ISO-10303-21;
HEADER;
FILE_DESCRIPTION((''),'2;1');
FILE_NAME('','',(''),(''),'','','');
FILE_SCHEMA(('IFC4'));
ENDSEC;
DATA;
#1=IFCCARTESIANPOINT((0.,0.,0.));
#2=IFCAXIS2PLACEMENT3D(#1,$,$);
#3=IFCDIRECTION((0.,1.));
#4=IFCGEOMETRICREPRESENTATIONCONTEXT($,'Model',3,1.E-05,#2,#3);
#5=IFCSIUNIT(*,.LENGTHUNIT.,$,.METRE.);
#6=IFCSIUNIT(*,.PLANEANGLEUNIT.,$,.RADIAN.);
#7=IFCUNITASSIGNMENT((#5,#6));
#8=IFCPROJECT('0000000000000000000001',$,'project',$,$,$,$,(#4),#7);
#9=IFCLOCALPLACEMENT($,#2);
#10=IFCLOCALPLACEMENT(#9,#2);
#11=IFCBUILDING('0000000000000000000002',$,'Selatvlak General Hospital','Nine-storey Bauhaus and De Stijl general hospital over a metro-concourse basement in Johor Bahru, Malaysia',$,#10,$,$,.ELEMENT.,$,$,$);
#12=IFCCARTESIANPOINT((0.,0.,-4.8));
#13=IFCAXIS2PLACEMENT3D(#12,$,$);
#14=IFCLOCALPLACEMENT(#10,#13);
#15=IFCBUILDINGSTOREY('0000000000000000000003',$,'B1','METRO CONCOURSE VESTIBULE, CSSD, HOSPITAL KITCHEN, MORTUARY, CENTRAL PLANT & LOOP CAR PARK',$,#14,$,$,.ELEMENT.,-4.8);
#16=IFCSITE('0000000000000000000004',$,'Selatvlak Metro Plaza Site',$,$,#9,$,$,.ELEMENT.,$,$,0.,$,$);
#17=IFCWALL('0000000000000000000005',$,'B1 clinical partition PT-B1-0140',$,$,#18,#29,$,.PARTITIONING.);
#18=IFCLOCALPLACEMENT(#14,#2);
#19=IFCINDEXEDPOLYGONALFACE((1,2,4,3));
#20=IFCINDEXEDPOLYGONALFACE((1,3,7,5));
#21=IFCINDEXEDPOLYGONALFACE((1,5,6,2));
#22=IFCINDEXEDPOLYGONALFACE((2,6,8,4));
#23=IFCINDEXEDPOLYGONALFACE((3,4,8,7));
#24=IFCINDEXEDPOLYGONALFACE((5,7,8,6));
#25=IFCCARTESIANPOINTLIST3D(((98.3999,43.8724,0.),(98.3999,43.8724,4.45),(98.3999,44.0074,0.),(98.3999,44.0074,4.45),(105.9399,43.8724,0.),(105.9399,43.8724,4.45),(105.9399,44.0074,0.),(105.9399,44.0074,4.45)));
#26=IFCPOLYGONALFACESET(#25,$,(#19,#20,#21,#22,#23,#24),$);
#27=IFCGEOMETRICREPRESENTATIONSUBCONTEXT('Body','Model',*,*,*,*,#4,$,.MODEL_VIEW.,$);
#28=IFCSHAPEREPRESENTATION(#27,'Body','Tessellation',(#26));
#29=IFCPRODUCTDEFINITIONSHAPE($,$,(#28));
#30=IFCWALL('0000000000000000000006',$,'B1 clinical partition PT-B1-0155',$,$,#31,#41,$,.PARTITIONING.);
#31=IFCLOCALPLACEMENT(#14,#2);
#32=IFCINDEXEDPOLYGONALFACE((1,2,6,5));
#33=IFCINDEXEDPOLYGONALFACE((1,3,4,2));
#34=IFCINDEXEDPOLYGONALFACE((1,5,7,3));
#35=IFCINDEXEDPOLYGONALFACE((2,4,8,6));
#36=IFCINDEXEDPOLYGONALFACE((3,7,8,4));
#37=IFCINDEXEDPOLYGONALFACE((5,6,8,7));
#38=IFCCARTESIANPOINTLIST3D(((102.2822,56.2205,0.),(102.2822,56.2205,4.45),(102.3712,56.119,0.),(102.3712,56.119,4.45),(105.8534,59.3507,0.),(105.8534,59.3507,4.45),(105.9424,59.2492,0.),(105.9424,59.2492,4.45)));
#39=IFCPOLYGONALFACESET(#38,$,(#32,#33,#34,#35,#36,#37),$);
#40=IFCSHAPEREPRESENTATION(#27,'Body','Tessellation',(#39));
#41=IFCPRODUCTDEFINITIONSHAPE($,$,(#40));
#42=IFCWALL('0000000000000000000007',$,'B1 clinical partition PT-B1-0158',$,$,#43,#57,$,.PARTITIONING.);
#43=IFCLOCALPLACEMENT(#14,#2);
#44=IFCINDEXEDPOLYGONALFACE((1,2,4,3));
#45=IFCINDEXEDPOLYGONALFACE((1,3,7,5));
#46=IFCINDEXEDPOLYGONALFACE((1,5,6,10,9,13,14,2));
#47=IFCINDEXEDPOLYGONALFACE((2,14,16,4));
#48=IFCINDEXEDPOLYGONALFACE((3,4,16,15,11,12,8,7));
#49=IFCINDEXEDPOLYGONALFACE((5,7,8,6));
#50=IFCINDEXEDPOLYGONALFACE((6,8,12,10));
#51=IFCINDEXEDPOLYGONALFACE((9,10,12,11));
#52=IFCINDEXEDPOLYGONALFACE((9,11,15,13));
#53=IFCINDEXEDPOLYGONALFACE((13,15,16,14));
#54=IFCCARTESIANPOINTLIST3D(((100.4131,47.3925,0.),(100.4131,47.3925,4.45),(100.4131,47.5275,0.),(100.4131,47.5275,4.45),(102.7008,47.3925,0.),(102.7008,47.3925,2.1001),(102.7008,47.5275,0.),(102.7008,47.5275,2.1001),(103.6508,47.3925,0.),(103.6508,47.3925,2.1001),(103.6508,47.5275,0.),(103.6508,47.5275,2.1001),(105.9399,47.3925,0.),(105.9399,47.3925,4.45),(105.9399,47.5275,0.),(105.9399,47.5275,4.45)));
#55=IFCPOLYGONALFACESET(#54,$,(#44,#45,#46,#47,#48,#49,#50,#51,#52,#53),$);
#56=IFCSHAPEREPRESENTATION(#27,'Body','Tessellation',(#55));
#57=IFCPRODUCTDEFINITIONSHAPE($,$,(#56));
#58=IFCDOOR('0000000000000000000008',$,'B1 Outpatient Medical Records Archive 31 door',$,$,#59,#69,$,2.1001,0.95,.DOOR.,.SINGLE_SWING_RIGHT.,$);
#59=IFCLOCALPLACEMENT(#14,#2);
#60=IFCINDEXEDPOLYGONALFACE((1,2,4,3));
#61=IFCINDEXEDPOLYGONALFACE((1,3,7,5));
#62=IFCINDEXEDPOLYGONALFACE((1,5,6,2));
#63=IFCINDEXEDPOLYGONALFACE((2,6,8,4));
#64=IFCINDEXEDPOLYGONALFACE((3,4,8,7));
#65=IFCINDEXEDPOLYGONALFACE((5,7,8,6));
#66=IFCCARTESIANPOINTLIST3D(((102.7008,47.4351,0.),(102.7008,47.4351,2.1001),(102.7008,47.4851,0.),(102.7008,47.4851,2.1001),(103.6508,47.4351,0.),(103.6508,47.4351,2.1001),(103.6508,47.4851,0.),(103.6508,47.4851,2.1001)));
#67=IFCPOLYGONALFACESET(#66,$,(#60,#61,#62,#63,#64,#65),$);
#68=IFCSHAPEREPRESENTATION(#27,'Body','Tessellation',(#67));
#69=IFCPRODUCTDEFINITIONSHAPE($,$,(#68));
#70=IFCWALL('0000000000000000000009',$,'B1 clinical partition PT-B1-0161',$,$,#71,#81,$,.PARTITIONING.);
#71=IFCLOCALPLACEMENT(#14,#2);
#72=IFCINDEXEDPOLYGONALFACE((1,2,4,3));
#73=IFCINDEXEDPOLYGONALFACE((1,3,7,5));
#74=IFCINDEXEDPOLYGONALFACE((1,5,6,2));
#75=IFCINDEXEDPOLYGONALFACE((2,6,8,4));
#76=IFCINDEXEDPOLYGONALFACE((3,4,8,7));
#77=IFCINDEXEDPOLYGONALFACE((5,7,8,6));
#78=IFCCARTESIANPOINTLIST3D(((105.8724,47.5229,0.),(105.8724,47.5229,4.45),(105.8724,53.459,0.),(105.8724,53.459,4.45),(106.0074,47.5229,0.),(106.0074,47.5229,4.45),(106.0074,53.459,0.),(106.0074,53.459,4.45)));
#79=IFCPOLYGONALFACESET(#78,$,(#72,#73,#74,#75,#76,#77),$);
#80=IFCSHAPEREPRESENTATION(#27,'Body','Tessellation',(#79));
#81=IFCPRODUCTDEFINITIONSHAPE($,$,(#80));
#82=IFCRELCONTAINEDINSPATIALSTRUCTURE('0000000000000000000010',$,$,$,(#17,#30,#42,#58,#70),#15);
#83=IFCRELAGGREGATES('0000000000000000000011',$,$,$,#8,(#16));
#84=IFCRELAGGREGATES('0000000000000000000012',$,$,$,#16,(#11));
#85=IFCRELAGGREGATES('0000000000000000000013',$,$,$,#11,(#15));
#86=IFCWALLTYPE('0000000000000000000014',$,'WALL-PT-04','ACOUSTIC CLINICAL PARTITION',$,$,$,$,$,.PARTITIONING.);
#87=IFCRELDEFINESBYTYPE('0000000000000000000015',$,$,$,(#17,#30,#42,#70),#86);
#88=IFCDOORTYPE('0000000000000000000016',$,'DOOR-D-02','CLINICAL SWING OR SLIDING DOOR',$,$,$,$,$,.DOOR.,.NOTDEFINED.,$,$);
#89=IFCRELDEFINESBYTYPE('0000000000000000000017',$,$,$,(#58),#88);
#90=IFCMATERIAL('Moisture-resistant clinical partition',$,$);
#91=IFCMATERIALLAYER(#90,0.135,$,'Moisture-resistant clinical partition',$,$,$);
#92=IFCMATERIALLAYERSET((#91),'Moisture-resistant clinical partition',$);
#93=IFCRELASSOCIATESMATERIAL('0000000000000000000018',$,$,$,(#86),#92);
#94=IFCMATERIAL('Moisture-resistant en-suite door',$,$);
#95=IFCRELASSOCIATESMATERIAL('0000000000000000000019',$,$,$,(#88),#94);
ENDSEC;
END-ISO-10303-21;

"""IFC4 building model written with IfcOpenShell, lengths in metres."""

from ifc_helpers import new_model, si_unit, direction, frame, frame_2d, origin, place, context, subcontext, project, spatial, rectangle, extrude, material, layer, layer_set, type_object, element, fill, save


model = new_model("IFC4")

# Units and contexts
model_context = context("Model", 3, precision=1e-05, world=origin(), true_north=direction((0.0, 1.0)))
body_context = subcontext(model_context, "Body", "Model", "MODEL_VIEW")
ifc_project = project(units=[si_unit("LENGTHUNIT", "METRE"), si_unit("PLANEANGLEUNIT", "RADIAN")], contexts=[model_context])

# Site, building, storey
site_placement = place(None, origin())
site = spatial("IfcSite", under=ifc_project, at=site_placement, Name="Selatvlak Metro Plaza Site", CompositionType="ELEMENT", RefElevation=0.0)
building_placement = place(site_placement, origin())
building = spatial("IfcBuilding", under=site, at=building_placement, Name="Selatvlak General Hospital", Description="Nine-storey Bauhaus and De Stijl general hospital over a metro-concourse basement in Johor Bahru, Malaysia", CompositionType="ELEMENT")
storey_placement = place(building_placement, frame((0.0, 0.0, -4.8)))
storey = spatial("IfcBuildingStorey", under=building, at=storey_placement, Name="B1", Description="METRO CONCOURSE VESTIBULE, CSSD, HOSPITAL KITCHEN, MORTUARY, CENTRAL PLANT & LOOP CAR PARK", CompositionType="ELEMENT", Elevation=-4.8)

# Walls
ifc_material_1 = material(Name="Moisture-resistant clinical partition")
ifc_layer_1 = layer(ifc_material_1, 0.135, Name="Moisture-resistant clinical partition")
ifc_layer_set_1 = layer_set([ifc_layer_1], Name="Moisture-resistant clinical partition")
wall_type_1 = type_object("IfcWallType", Name="WALL-PT-04", Description="ACOUSTIC CLINICAL PARTITION", PredefinedType="PARTITIONING", material=ifc_layer_set_1)
wall_1_placement = place(storey_placement, frame((98.3999, 43.9399, 0.0), z_axis=(0.0, 0.0, 1.0), x_axis=(1.0, 0.0, 0.0)))
element("IfcWall", 1, at=wall_1_placement, inside=storey, type_object=wall_type_1, Name="B1 clinical partition PT-B1-0140", PredefinedType="PARTITIONING", context=body_context, shape_type="SweptSolid", body=[
    extrude(rectangle(XDim=7.54, YDim=0.135, at=frame_2d((3.77, 0.0))), origin(), (0.0, 0.0, 1.0), 4.45),
])
wall_2_placement = place(storey_placement, frame((105.8979, 59.3, 0.0), z_axis=(0.0, 0.0, 1.0), x_axis=(-0.752006, -0.659156, 0.0)))
element("IfcWall", 2, at=wall_2_placement, inside=storey, type_object=wall_type_1, Name="B1 clinical partition PT-B1-0155", PredefinedType="PARTITIONING", context=body_context, shape_type="SweptSolid", body=[
    extrude(rectangle(XDim=4.7488, YDim=0.135, at=frame_2d((2.3745, 0.0))), origin(), (0.0, 0.0, 1.0), 4.45),
])

# Wall, opening, door
wall_3_placement = place(storey_placement, frame((105.9399, 47.46, 0.0), z_axis=(0.0, 0.0, 1.0), x_axis=(-1.0, 0.0, 0.0)))
wall_3 = element("IfcWall", 3, at=wall_3_placement, inside=storey, type_object=wall_type_1, Name="B1 clinical partition PT-B1-0158", PredefinedType="PARTITIONING", context=body_context, shape_type="SweptSolid", body=[
    extrude(rectangle(XDim=5.5269, YDim=0.135, at=frame_2d((2.7634, 0.0))), origin(), (0.0, 0.0, 1.0), 4.45),
])
opening_placement = place(wall_3_placement, frame((2.2891, 0.0, 0.0)))
opening = element("IfcOpeningElement", 4, at=opening_placement, cuts=wall_3, PredefinedType="OPENING", context=body_context, shape_type="SweptSolid", body=[
    extrude(rectangle(XDim=0.95, YDim=2.1001, at=frame_2d((0.4751, 1.05))), frame((0.0, 0.0774, 0.0), z_axis=(0.0, -1.0, 0.0), x_axis=(1.0, 0.0, 0.0)), (0.0, 0.0, 1.0), 0.155),
])
ifc_material_2 = material(Name="Moisture-resistant en-suite door")
door_type = type_object("IfcDoorType", Name="DOOR-D-02", Description="CLINICAL SWING OR SLIDING DOOR", OperationType="NOTDEFINED", PredefinedType="DOOR", material=ifc_material_2)
door_placement = place(opening_placement, origin())
door = element("IfcDoor", 5, at=door_placement, inside=storey, type_object=door_type, Name="B1 Outpatient Medical Records Archive 31 door", OperationType="SINGLE_SWING_RIGHT", OverallHeight=2.1001, OverallWidth=0.95, PredefinedType="DOOR", context=body_context, shape_type="SweptSolid", body=[
    extrude(rectangle(XDim=0.95, YDim=2.1001, at=frame_2d((0.4751, 1.05))), frame((0.0, 0.0249, 0.0), z_axis=(0.0, -1.0, 0.0), x_axis=(1.0, 0.0, 0.0)), (0.0, 0.0, 1.0), 0.05),
])
fill(opening, door)

# Wall
wall_4_placement = place(storey_placement, frame((105.9399, 53.459, 0.0), z_axis=(0.0, 0.0, 1.0), x_axis=(0.0, -1.0, 0.0)))
element("IfcWall", 6, at=wall_4_placement, inside=storey, type_object=wall_type_1, Name="B1 clinical partition PT-B1-0161", PredefinedType="PARTITIONING", context=body_context, shape_type="SweptSolid", body=[
    extrude(rectangle(XDim=5.936, YDim=0.135, at=frame_2d((2.968, 0.0))), origin(), (0.0, 0.0, 1.0), 4.45),
])

save(model, "model.ifc")
